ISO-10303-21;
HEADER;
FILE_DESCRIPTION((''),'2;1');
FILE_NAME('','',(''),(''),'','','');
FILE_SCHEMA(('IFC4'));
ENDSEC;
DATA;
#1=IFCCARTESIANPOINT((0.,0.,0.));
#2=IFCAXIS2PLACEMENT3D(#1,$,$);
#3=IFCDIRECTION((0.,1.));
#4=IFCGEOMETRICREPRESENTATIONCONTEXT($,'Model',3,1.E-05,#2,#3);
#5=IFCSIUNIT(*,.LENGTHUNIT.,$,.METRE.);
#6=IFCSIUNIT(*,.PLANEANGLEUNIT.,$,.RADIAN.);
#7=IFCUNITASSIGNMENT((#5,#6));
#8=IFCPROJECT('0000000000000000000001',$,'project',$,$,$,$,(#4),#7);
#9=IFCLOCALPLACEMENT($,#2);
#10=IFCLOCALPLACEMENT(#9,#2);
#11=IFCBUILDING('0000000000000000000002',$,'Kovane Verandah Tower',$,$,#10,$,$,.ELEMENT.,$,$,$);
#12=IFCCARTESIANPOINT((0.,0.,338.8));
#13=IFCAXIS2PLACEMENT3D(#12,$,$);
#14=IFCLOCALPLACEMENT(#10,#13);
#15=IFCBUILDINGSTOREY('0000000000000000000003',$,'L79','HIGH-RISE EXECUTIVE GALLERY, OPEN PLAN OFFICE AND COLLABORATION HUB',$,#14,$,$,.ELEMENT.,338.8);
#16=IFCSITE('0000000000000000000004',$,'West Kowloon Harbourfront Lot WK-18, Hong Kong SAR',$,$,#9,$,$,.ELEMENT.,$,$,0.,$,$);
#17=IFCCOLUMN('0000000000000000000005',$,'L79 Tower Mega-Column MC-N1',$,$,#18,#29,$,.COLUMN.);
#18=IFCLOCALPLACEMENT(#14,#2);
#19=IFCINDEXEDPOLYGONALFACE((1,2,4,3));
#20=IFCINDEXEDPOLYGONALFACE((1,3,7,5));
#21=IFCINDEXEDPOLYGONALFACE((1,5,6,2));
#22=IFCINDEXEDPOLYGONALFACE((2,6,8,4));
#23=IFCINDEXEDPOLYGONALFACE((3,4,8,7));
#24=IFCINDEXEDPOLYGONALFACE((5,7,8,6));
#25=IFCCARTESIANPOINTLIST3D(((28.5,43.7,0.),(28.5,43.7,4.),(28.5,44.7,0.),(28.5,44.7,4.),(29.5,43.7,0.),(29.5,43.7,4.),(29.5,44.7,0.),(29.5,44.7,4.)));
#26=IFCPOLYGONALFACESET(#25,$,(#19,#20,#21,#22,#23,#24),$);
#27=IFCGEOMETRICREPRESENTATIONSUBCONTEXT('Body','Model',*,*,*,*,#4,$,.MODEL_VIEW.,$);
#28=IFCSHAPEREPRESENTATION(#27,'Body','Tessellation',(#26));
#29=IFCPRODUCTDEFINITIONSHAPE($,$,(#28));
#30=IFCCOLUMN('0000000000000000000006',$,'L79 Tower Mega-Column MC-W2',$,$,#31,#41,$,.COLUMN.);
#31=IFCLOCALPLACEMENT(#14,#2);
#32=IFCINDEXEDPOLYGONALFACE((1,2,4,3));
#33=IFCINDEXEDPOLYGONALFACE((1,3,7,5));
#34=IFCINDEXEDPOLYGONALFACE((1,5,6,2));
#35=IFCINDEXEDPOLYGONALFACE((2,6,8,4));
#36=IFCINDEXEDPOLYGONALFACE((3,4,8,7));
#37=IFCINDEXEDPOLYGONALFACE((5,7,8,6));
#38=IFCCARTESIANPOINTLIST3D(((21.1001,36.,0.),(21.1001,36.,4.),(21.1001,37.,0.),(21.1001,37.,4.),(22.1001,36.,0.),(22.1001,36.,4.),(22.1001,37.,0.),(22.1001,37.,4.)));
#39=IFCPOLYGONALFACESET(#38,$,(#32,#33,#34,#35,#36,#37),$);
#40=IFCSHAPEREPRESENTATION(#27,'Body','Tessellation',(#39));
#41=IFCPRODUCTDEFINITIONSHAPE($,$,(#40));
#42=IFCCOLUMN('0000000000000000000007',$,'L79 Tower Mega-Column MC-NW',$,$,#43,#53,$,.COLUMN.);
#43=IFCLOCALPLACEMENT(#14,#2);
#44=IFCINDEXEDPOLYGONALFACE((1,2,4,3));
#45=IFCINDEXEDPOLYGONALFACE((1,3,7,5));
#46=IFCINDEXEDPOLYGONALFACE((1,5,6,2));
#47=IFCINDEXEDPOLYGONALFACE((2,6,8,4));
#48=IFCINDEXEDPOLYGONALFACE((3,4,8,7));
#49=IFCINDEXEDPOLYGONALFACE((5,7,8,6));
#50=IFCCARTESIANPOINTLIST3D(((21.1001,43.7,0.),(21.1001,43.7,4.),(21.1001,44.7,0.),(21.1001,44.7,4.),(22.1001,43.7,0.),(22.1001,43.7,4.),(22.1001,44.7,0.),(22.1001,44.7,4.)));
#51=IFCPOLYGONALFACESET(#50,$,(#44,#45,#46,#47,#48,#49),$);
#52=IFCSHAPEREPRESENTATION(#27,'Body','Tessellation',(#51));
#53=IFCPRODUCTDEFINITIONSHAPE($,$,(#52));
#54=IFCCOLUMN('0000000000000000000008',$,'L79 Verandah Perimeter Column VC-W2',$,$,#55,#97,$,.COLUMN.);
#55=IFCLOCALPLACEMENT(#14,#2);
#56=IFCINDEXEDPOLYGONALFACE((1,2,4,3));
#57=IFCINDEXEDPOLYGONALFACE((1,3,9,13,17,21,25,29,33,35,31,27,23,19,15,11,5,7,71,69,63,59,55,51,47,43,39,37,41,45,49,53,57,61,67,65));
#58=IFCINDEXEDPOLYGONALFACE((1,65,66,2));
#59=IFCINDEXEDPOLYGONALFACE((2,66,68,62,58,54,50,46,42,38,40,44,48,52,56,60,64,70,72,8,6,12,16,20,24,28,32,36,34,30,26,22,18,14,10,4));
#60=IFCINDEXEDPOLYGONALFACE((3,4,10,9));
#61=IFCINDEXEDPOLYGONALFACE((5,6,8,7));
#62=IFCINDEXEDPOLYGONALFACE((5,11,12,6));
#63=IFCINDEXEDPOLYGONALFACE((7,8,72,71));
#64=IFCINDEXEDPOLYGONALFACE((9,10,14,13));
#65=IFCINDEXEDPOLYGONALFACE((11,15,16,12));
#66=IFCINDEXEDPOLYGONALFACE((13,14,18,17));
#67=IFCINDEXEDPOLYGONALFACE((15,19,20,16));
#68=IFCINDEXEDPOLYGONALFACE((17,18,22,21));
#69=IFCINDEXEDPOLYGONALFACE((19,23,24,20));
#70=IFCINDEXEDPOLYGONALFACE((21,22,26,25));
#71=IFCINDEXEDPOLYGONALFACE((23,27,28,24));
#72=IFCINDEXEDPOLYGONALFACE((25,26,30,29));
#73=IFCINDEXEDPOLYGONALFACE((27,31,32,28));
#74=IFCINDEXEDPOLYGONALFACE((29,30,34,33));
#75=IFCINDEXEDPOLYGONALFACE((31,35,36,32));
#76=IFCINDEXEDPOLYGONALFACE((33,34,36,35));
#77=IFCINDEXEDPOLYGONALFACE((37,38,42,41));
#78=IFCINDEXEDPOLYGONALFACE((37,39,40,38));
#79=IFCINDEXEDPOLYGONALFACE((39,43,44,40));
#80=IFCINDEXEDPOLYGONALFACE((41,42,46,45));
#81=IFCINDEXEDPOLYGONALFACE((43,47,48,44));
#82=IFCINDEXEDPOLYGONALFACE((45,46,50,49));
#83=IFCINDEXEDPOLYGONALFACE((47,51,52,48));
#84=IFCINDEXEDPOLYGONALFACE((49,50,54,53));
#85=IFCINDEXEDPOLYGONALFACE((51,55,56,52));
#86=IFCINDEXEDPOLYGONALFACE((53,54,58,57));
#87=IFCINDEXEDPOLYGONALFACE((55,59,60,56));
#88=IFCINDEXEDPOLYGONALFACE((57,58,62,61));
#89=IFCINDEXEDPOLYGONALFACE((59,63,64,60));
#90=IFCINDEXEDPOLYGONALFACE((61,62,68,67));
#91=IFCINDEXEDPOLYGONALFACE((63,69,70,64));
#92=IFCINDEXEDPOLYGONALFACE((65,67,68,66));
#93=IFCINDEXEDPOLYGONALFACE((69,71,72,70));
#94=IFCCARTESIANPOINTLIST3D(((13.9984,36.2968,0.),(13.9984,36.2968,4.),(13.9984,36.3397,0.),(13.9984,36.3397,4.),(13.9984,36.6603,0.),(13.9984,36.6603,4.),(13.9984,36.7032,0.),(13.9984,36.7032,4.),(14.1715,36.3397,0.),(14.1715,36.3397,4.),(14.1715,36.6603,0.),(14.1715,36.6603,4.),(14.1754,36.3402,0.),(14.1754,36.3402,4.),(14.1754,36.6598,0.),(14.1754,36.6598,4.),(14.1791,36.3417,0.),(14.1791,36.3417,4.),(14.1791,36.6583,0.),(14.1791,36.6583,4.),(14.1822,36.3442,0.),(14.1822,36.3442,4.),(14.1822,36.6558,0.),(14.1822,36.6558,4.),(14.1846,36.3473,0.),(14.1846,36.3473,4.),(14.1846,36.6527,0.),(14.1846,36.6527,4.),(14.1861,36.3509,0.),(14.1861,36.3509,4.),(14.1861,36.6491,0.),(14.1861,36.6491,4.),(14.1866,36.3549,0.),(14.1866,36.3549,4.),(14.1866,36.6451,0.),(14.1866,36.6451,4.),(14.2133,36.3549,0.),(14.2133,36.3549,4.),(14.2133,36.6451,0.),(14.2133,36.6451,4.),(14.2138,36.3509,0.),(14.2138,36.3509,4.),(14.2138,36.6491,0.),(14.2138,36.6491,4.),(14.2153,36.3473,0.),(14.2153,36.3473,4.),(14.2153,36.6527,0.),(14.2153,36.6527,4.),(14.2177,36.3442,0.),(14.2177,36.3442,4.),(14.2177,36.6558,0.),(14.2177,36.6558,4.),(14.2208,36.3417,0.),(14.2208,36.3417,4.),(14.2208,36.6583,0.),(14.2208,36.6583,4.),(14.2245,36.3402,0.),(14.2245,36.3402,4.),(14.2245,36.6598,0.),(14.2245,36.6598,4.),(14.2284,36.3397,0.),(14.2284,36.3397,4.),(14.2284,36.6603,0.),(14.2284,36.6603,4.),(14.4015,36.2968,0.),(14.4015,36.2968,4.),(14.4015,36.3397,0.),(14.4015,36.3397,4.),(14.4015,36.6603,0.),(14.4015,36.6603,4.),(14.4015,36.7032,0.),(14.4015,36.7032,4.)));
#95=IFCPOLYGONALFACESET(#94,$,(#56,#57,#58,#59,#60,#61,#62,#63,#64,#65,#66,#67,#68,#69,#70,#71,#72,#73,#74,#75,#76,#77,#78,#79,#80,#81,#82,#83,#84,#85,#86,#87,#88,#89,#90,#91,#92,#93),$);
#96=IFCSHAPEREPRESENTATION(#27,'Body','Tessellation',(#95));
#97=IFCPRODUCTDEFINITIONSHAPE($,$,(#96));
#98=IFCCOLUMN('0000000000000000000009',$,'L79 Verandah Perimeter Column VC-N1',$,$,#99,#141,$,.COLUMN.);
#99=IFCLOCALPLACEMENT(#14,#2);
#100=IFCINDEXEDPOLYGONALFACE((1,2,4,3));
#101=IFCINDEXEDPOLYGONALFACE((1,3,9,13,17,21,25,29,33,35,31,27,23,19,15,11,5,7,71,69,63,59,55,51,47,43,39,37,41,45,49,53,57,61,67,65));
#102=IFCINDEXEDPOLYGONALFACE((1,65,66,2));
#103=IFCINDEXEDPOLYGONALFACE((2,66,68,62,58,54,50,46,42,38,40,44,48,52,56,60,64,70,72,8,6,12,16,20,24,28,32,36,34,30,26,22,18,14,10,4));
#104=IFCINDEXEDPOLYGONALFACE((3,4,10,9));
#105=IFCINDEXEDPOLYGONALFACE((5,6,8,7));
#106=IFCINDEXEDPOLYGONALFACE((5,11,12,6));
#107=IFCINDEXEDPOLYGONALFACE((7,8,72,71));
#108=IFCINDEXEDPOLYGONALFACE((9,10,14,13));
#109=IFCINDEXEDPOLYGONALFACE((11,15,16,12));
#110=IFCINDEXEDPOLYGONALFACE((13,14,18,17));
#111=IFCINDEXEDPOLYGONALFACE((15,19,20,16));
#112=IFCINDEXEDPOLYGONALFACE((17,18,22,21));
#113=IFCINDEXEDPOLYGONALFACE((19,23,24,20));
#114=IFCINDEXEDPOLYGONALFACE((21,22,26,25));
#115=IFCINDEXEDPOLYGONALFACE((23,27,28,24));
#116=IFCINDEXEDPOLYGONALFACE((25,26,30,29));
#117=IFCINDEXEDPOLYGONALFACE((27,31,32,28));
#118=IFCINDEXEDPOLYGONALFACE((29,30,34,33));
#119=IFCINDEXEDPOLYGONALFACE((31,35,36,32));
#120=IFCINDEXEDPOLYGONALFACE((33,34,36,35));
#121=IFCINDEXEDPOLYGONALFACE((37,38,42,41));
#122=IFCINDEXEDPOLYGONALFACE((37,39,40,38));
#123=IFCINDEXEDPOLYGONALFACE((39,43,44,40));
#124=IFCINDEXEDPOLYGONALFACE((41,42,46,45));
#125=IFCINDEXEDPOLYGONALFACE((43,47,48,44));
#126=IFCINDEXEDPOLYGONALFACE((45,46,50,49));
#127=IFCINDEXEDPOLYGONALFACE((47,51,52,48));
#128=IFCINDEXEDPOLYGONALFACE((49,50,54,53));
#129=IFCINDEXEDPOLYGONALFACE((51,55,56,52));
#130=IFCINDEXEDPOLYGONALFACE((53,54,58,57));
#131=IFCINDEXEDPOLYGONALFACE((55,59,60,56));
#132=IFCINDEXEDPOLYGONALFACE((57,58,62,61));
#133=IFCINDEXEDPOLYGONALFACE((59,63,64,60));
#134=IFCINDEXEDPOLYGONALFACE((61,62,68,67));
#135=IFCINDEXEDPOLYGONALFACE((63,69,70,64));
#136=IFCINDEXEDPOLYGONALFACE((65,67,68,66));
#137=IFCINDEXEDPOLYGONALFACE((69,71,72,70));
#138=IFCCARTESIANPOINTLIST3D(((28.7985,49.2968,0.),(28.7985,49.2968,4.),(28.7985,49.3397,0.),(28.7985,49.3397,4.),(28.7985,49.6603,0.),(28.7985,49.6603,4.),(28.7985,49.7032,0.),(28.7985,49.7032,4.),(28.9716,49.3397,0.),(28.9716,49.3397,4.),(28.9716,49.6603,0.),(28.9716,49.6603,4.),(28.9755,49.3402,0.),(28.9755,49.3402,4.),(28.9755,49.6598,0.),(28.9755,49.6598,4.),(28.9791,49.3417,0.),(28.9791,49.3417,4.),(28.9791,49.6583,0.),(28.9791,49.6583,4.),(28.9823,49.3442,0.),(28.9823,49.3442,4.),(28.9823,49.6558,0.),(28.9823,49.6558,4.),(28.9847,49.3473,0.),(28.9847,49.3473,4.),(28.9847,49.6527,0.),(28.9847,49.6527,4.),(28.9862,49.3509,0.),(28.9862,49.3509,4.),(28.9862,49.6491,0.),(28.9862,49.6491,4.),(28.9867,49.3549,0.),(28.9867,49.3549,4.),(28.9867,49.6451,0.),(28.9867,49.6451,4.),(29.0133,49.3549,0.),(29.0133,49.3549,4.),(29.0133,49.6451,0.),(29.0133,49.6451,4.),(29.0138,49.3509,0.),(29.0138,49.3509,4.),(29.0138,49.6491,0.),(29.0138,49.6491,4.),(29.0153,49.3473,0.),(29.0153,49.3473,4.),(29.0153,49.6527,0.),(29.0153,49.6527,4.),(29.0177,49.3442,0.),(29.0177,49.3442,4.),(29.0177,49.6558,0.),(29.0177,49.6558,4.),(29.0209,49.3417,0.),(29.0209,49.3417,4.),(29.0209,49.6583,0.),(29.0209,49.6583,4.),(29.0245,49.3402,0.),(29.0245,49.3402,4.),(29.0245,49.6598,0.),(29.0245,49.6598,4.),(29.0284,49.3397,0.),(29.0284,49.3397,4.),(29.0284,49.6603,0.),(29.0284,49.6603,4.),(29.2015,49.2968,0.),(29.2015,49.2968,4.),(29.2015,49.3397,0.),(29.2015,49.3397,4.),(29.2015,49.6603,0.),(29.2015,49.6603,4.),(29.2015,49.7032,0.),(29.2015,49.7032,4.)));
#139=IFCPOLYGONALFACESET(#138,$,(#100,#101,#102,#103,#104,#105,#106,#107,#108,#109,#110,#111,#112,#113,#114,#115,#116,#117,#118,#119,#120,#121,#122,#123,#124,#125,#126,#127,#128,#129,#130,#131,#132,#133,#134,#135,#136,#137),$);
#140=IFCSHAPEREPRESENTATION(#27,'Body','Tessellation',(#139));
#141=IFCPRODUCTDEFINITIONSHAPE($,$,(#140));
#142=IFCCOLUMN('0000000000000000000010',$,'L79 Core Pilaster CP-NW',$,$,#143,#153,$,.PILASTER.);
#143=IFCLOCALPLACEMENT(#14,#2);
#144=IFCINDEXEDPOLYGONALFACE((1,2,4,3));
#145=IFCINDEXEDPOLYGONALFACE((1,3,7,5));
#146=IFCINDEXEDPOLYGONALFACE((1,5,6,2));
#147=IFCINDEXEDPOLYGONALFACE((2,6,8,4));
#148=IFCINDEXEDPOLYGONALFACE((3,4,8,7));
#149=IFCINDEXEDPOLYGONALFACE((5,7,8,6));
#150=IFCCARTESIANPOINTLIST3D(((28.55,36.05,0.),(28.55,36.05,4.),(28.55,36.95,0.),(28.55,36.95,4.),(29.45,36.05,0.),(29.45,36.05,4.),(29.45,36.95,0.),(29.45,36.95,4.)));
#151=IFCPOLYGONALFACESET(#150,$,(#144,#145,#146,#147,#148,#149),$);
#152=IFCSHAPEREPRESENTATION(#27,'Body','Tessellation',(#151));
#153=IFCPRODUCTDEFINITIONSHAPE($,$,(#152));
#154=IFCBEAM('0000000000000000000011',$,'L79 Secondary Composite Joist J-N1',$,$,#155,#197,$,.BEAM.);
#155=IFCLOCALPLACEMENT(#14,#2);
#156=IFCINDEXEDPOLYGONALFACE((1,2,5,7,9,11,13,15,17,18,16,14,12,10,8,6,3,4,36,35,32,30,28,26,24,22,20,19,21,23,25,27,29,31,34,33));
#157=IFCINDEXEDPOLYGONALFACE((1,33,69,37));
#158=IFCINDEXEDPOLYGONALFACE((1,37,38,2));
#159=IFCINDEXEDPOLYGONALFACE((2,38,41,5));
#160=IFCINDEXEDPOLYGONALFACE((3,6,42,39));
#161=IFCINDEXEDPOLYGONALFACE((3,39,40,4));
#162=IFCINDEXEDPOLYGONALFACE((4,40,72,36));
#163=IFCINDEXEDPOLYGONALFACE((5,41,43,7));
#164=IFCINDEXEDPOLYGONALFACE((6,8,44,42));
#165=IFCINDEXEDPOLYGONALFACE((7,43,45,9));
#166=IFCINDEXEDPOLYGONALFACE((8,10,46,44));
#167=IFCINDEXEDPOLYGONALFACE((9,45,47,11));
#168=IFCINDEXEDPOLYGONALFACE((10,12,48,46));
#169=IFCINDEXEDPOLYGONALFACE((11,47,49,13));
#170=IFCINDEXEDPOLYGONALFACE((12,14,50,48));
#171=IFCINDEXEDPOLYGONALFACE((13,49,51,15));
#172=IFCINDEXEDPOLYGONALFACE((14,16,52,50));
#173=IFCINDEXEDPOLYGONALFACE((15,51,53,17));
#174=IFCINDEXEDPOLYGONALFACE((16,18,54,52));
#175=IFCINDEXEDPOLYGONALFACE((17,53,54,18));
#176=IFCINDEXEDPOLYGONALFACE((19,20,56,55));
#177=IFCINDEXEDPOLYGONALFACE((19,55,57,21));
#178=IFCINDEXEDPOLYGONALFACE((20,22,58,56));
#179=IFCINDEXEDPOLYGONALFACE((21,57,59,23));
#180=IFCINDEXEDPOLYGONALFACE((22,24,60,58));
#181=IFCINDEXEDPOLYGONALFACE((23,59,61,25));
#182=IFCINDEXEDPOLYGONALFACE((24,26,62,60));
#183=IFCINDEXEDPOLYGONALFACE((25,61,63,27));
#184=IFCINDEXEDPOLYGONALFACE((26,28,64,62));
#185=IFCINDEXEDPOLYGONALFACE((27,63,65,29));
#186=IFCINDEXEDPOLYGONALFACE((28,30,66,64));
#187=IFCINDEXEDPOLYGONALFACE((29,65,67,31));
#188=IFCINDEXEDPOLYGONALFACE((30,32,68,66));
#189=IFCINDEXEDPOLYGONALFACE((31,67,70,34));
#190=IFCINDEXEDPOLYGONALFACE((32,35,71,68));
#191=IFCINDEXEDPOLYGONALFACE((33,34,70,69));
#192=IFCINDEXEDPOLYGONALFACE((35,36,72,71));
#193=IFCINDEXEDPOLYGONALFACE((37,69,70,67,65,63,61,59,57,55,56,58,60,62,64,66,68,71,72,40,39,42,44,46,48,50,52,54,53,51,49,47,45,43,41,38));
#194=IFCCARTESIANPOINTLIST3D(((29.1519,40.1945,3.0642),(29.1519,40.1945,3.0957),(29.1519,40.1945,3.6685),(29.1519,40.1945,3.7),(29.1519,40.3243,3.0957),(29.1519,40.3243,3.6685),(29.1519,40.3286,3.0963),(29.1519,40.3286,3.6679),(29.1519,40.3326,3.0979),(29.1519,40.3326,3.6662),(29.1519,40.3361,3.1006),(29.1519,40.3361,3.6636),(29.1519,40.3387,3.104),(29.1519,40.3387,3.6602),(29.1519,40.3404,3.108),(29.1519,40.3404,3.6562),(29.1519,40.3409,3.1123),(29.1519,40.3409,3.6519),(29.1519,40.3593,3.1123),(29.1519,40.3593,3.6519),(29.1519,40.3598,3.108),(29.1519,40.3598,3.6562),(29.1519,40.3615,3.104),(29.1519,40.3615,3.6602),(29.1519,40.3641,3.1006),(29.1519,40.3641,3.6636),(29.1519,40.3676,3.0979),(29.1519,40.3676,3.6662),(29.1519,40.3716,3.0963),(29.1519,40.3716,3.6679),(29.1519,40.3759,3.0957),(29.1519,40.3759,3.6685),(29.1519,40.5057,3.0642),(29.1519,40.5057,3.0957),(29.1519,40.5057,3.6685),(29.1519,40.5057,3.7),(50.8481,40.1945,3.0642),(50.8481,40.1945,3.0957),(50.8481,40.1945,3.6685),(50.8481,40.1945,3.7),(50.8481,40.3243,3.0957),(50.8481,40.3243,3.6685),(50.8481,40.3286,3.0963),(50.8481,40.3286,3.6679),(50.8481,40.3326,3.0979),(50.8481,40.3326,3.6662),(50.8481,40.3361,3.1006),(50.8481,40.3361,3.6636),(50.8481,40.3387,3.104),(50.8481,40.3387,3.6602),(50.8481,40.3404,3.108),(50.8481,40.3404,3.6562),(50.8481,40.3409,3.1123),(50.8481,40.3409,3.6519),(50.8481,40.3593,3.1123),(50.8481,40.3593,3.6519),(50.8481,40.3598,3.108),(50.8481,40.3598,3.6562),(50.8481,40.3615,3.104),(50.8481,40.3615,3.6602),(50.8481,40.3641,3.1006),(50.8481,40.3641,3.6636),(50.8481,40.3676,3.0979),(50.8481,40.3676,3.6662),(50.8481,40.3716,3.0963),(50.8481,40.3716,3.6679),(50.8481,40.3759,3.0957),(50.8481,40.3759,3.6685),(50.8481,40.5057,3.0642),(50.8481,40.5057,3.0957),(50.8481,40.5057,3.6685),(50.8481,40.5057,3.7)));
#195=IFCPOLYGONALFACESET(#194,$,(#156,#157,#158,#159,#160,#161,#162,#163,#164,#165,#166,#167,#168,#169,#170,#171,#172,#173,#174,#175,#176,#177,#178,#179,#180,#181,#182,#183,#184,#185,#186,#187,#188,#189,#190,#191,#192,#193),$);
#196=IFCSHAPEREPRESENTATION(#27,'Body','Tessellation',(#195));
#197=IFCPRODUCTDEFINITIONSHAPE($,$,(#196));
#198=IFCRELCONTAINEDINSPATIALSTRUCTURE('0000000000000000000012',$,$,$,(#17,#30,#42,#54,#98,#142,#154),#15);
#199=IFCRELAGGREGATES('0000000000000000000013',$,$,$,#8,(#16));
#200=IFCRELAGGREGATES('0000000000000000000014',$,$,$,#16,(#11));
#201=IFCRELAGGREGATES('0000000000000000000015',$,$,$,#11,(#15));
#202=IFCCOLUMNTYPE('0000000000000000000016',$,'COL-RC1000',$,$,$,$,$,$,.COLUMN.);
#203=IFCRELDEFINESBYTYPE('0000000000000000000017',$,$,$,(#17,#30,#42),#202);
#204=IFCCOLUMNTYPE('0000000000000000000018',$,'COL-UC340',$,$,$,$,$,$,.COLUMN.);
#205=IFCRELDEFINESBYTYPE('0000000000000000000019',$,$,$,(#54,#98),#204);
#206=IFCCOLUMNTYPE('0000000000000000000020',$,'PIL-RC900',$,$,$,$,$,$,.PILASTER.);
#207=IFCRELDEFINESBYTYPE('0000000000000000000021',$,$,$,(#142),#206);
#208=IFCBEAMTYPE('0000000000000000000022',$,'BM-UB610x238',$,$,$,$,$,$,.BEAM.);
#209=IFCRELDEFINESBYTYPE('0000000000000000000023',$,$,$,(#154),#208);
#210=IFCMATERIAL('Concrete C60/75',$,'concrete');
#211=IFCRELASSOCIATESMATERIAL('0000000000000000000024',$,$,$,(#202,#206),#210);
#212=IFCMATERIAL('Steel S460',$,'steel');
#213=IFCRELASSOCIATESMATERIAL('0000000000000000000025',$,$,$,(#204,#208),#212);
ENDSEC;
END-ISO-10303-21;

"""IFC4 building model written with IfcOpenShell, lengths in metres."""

from ifc_helpers import new_model, si_unit, direction, frame, origin, origin_2d, place, context, subcontext, project, spatial, rectangle, i_section, extrude, material, material_profile, profile_set, type_object, element, save


model = new_model("IFC4")

# Units and contexts
model_context = context("Model", 3, precision=1e-05, world=origin(), true_north=direction((0.0, 1.0)))
body_context = subcontext(model_context, "Body", "Model", "MODEL_VIEW")
ifc_project = project(units=[si_unit("LENGTHUNIT", "METRE"), si_unit("PLANEANGLEUNIT", "RADIAN")], contexts=[model_context])

# Site, building, storey
site_placement = place(None, origin())
site = spatial("IfcSite", under=ifc_project, at=site_placement, Name="West Kowloon Harbourfront Lot WK-18, Hong Kong SAR", CompositionType="ELEMENT", RefElevation=0.0)
building_placement = place(site_placement, origin())
building = spatial("IfcBuilding", under=site, at=building_placement, Name="Kovane Verandah Tower", CompositionType="ELEMENT")
storey_placement = place(building_placement, frame((0.0, 0.0, 338.8)))
storey = spatial("IfcBuildingStorey", under=building, at=storey_placement, Name="L79", Description="HIGH-RISE EXECUTIVE GALLERY, OPEN PLAN OFFICE AND COLLABORATION HUB", CompositionType="ELEMENT", Elevation=338.8)

# Columns
ifc_material_1 = material(Name="Concrete C60/75", Category="concrete")
ifc_material_profile_1 = material_profile(ifc_material_1, rectangle(XDim=1.0, YDim=1.0, at=origin_2d()), Name="RC1000x1000")
ifc_profile_set_1 = profile_set([ifc_material_profile_1], Name="Concrete C60/75")
column_type_1 = type_object("IfcColumnType", Name="COL-RC1000", PredefinedType="COLUMN", material=ifc_profile_set_1)
for number, where, z_axis, x_axis, name in (
    (1, (29.0, 44.2, 0.0), (0.0, 0.0, 1.0), (1.0, 0.0, 0.0), "L79 Tower Mega-Column MC-N1"),
    (2, (21.6001, 36.5, 0.0), (0.0, 0.0, 1.0), (1.0, 0.0, 0.0), "L79 Tower Mega-Column MC-W2"),
    (3, (21.6001, 44.2, 0.0), (0.0, 0.0, 1.0), (1.0, 0.0, 0.0), "L79 Tower Mega-Column MC-NW"),
):
    element("IfcColumn", number, at=place(storey_placement, frame(where, z_axis=z_axis, x_axis=x_axis)), inside=storey, type_object=column_type_1, Name=name, PredefinedType="COLUMN", context=body_context, shape_type="SweptSolid", body=[
        extrude(rectangle(XDim=1.0, YDim=1.0, at=origin_2d()), origin(), (0.0, 0.0, 1.0), 4.0),
    ])
ifc_material_2 = material(Name="Steel S460", Category="steel")
ifc_material_profile_2 = material_profile(ifc_material_2, i_section(OverallWidth=0.4031, OverallDepth=0.4065, WebThickness=0.0266, FlangeThickness=0.043, FilletRadius=0.0151, at=origin_2d()), Name="UC356x406x340")
ifc_profile_set_2 = profile_set([ifc_material_profile_2], Name="Steel S460")
column_type_2 = type_object("IfcColumnType", Name="COL-UC340", PredefinedType="COLUMN", material=ifc_profile_set_2)
for number, where, z_axis, x_axis, name in (
    (4, (14.2, 36.5, 0.0), (0.0, 0.0, 1.0), (1.0, 0.0, 0.0), "L79 Verandah Perimeter Column VC-W2"),
    (5, (29.0, 49.5, 0.0), (0.0, 0.0, 1.0), (1.0, 0.0, 0.0), "L79 Verandah Perimeter Column VC-N1"),
):
    element("IfcColumn", number, at=place(storey_placement, frame(where, z_axis=z_axis, x_axis=x_axis)), inside=storey, type_object=column_type_2, Name=name, PredefinedType="COLUMN", context=body_context, shape_type="SweptSolid", body=[
        extrude(i_section(OverallWidth=0.4031, OverallDepth=0.4065, WebThickness=0.0266, FlangeThickness=0.043, FilletRadius=0.0151, at=origin_2d()), origin(), (0.0, 0.0, 1.0), 4.0),
    ])
ifc_material_profile_3 = material_profile(ifc_material_1, rectangle(XDim=0.8999, YDim=0.8999, at=origin_2d()), Name="RC900x900")
ifc_profile_set_3 = profile_set([ifc_material_profile_3], Name="Concrete C60/75")
column_type_3 = type_object("IfcColumnType", Name="PIL-RC900", PredefinedType="PILASTER", material=ifc_profile_set_3)
column_placement = place(storey_placement, frame((29.0, 36.5, 0.0), z_axis=(0.0, 0.0, 1.0), x_axis=(1.0, 0.0, 0.0)))
element("IfcColumn", 6, at=column_placement, inside=storey, type_object=column_type_3, Name="L79 Core Pilaster CP-NW", PredefinedType="PILASTER", context=body_context, shape_type="SweptSolid", body=[
    extrude(rectangle(XDim=0.8999, YDim=0.8999, at=origin_2d()), origin(), (0.0, 0.0, 1.0), 4.0),
])

# Beam
ifc_material_profile_4 = material_profile(ifc_material_2, i_section(OverallWidth=0.3113, OverallDepth=0.6357, WebThickness=0.0183, FlangeThickness=0.0315, FilletRadius=0.0166, at=origin_2d()), Name="UB610x305x238")
ifc_profile_set_4 = profile_set([ifc_material_profile_4], Name="Steel S460")
beam_type_1 = type_object("IfcBeamType", Name="BM-UB610x238", PredefinedType="BEAM", material=ifc_profile_set_4)
beam_1_placement = place(storey_placement, frame((29.1519, 40.3501, 3.3821), z_axis=(1.0, 0.0, 0.0), x_axis=(0.0, 1.0, 0.0)))
element("IfcBeam", 7, at=beam_1_placement, inside=storey, type_object=beam_type_1, Name="L79 Secondary Composite Joist J-N1", PredefinedType="BEAM", context=body_context, shape_type="SweptSolid", body=[
    extrude(i_section(OverallWidth=0.3113, OverallDepth=0.6357, WebThickness=0.0183, FlangeThickness=0.0315, FilletRadius=0.0166, at=origin_2d()), origin(), (0.0, 0.0, 1.0), 21.6963),
])

save(model, "model.ifc")
